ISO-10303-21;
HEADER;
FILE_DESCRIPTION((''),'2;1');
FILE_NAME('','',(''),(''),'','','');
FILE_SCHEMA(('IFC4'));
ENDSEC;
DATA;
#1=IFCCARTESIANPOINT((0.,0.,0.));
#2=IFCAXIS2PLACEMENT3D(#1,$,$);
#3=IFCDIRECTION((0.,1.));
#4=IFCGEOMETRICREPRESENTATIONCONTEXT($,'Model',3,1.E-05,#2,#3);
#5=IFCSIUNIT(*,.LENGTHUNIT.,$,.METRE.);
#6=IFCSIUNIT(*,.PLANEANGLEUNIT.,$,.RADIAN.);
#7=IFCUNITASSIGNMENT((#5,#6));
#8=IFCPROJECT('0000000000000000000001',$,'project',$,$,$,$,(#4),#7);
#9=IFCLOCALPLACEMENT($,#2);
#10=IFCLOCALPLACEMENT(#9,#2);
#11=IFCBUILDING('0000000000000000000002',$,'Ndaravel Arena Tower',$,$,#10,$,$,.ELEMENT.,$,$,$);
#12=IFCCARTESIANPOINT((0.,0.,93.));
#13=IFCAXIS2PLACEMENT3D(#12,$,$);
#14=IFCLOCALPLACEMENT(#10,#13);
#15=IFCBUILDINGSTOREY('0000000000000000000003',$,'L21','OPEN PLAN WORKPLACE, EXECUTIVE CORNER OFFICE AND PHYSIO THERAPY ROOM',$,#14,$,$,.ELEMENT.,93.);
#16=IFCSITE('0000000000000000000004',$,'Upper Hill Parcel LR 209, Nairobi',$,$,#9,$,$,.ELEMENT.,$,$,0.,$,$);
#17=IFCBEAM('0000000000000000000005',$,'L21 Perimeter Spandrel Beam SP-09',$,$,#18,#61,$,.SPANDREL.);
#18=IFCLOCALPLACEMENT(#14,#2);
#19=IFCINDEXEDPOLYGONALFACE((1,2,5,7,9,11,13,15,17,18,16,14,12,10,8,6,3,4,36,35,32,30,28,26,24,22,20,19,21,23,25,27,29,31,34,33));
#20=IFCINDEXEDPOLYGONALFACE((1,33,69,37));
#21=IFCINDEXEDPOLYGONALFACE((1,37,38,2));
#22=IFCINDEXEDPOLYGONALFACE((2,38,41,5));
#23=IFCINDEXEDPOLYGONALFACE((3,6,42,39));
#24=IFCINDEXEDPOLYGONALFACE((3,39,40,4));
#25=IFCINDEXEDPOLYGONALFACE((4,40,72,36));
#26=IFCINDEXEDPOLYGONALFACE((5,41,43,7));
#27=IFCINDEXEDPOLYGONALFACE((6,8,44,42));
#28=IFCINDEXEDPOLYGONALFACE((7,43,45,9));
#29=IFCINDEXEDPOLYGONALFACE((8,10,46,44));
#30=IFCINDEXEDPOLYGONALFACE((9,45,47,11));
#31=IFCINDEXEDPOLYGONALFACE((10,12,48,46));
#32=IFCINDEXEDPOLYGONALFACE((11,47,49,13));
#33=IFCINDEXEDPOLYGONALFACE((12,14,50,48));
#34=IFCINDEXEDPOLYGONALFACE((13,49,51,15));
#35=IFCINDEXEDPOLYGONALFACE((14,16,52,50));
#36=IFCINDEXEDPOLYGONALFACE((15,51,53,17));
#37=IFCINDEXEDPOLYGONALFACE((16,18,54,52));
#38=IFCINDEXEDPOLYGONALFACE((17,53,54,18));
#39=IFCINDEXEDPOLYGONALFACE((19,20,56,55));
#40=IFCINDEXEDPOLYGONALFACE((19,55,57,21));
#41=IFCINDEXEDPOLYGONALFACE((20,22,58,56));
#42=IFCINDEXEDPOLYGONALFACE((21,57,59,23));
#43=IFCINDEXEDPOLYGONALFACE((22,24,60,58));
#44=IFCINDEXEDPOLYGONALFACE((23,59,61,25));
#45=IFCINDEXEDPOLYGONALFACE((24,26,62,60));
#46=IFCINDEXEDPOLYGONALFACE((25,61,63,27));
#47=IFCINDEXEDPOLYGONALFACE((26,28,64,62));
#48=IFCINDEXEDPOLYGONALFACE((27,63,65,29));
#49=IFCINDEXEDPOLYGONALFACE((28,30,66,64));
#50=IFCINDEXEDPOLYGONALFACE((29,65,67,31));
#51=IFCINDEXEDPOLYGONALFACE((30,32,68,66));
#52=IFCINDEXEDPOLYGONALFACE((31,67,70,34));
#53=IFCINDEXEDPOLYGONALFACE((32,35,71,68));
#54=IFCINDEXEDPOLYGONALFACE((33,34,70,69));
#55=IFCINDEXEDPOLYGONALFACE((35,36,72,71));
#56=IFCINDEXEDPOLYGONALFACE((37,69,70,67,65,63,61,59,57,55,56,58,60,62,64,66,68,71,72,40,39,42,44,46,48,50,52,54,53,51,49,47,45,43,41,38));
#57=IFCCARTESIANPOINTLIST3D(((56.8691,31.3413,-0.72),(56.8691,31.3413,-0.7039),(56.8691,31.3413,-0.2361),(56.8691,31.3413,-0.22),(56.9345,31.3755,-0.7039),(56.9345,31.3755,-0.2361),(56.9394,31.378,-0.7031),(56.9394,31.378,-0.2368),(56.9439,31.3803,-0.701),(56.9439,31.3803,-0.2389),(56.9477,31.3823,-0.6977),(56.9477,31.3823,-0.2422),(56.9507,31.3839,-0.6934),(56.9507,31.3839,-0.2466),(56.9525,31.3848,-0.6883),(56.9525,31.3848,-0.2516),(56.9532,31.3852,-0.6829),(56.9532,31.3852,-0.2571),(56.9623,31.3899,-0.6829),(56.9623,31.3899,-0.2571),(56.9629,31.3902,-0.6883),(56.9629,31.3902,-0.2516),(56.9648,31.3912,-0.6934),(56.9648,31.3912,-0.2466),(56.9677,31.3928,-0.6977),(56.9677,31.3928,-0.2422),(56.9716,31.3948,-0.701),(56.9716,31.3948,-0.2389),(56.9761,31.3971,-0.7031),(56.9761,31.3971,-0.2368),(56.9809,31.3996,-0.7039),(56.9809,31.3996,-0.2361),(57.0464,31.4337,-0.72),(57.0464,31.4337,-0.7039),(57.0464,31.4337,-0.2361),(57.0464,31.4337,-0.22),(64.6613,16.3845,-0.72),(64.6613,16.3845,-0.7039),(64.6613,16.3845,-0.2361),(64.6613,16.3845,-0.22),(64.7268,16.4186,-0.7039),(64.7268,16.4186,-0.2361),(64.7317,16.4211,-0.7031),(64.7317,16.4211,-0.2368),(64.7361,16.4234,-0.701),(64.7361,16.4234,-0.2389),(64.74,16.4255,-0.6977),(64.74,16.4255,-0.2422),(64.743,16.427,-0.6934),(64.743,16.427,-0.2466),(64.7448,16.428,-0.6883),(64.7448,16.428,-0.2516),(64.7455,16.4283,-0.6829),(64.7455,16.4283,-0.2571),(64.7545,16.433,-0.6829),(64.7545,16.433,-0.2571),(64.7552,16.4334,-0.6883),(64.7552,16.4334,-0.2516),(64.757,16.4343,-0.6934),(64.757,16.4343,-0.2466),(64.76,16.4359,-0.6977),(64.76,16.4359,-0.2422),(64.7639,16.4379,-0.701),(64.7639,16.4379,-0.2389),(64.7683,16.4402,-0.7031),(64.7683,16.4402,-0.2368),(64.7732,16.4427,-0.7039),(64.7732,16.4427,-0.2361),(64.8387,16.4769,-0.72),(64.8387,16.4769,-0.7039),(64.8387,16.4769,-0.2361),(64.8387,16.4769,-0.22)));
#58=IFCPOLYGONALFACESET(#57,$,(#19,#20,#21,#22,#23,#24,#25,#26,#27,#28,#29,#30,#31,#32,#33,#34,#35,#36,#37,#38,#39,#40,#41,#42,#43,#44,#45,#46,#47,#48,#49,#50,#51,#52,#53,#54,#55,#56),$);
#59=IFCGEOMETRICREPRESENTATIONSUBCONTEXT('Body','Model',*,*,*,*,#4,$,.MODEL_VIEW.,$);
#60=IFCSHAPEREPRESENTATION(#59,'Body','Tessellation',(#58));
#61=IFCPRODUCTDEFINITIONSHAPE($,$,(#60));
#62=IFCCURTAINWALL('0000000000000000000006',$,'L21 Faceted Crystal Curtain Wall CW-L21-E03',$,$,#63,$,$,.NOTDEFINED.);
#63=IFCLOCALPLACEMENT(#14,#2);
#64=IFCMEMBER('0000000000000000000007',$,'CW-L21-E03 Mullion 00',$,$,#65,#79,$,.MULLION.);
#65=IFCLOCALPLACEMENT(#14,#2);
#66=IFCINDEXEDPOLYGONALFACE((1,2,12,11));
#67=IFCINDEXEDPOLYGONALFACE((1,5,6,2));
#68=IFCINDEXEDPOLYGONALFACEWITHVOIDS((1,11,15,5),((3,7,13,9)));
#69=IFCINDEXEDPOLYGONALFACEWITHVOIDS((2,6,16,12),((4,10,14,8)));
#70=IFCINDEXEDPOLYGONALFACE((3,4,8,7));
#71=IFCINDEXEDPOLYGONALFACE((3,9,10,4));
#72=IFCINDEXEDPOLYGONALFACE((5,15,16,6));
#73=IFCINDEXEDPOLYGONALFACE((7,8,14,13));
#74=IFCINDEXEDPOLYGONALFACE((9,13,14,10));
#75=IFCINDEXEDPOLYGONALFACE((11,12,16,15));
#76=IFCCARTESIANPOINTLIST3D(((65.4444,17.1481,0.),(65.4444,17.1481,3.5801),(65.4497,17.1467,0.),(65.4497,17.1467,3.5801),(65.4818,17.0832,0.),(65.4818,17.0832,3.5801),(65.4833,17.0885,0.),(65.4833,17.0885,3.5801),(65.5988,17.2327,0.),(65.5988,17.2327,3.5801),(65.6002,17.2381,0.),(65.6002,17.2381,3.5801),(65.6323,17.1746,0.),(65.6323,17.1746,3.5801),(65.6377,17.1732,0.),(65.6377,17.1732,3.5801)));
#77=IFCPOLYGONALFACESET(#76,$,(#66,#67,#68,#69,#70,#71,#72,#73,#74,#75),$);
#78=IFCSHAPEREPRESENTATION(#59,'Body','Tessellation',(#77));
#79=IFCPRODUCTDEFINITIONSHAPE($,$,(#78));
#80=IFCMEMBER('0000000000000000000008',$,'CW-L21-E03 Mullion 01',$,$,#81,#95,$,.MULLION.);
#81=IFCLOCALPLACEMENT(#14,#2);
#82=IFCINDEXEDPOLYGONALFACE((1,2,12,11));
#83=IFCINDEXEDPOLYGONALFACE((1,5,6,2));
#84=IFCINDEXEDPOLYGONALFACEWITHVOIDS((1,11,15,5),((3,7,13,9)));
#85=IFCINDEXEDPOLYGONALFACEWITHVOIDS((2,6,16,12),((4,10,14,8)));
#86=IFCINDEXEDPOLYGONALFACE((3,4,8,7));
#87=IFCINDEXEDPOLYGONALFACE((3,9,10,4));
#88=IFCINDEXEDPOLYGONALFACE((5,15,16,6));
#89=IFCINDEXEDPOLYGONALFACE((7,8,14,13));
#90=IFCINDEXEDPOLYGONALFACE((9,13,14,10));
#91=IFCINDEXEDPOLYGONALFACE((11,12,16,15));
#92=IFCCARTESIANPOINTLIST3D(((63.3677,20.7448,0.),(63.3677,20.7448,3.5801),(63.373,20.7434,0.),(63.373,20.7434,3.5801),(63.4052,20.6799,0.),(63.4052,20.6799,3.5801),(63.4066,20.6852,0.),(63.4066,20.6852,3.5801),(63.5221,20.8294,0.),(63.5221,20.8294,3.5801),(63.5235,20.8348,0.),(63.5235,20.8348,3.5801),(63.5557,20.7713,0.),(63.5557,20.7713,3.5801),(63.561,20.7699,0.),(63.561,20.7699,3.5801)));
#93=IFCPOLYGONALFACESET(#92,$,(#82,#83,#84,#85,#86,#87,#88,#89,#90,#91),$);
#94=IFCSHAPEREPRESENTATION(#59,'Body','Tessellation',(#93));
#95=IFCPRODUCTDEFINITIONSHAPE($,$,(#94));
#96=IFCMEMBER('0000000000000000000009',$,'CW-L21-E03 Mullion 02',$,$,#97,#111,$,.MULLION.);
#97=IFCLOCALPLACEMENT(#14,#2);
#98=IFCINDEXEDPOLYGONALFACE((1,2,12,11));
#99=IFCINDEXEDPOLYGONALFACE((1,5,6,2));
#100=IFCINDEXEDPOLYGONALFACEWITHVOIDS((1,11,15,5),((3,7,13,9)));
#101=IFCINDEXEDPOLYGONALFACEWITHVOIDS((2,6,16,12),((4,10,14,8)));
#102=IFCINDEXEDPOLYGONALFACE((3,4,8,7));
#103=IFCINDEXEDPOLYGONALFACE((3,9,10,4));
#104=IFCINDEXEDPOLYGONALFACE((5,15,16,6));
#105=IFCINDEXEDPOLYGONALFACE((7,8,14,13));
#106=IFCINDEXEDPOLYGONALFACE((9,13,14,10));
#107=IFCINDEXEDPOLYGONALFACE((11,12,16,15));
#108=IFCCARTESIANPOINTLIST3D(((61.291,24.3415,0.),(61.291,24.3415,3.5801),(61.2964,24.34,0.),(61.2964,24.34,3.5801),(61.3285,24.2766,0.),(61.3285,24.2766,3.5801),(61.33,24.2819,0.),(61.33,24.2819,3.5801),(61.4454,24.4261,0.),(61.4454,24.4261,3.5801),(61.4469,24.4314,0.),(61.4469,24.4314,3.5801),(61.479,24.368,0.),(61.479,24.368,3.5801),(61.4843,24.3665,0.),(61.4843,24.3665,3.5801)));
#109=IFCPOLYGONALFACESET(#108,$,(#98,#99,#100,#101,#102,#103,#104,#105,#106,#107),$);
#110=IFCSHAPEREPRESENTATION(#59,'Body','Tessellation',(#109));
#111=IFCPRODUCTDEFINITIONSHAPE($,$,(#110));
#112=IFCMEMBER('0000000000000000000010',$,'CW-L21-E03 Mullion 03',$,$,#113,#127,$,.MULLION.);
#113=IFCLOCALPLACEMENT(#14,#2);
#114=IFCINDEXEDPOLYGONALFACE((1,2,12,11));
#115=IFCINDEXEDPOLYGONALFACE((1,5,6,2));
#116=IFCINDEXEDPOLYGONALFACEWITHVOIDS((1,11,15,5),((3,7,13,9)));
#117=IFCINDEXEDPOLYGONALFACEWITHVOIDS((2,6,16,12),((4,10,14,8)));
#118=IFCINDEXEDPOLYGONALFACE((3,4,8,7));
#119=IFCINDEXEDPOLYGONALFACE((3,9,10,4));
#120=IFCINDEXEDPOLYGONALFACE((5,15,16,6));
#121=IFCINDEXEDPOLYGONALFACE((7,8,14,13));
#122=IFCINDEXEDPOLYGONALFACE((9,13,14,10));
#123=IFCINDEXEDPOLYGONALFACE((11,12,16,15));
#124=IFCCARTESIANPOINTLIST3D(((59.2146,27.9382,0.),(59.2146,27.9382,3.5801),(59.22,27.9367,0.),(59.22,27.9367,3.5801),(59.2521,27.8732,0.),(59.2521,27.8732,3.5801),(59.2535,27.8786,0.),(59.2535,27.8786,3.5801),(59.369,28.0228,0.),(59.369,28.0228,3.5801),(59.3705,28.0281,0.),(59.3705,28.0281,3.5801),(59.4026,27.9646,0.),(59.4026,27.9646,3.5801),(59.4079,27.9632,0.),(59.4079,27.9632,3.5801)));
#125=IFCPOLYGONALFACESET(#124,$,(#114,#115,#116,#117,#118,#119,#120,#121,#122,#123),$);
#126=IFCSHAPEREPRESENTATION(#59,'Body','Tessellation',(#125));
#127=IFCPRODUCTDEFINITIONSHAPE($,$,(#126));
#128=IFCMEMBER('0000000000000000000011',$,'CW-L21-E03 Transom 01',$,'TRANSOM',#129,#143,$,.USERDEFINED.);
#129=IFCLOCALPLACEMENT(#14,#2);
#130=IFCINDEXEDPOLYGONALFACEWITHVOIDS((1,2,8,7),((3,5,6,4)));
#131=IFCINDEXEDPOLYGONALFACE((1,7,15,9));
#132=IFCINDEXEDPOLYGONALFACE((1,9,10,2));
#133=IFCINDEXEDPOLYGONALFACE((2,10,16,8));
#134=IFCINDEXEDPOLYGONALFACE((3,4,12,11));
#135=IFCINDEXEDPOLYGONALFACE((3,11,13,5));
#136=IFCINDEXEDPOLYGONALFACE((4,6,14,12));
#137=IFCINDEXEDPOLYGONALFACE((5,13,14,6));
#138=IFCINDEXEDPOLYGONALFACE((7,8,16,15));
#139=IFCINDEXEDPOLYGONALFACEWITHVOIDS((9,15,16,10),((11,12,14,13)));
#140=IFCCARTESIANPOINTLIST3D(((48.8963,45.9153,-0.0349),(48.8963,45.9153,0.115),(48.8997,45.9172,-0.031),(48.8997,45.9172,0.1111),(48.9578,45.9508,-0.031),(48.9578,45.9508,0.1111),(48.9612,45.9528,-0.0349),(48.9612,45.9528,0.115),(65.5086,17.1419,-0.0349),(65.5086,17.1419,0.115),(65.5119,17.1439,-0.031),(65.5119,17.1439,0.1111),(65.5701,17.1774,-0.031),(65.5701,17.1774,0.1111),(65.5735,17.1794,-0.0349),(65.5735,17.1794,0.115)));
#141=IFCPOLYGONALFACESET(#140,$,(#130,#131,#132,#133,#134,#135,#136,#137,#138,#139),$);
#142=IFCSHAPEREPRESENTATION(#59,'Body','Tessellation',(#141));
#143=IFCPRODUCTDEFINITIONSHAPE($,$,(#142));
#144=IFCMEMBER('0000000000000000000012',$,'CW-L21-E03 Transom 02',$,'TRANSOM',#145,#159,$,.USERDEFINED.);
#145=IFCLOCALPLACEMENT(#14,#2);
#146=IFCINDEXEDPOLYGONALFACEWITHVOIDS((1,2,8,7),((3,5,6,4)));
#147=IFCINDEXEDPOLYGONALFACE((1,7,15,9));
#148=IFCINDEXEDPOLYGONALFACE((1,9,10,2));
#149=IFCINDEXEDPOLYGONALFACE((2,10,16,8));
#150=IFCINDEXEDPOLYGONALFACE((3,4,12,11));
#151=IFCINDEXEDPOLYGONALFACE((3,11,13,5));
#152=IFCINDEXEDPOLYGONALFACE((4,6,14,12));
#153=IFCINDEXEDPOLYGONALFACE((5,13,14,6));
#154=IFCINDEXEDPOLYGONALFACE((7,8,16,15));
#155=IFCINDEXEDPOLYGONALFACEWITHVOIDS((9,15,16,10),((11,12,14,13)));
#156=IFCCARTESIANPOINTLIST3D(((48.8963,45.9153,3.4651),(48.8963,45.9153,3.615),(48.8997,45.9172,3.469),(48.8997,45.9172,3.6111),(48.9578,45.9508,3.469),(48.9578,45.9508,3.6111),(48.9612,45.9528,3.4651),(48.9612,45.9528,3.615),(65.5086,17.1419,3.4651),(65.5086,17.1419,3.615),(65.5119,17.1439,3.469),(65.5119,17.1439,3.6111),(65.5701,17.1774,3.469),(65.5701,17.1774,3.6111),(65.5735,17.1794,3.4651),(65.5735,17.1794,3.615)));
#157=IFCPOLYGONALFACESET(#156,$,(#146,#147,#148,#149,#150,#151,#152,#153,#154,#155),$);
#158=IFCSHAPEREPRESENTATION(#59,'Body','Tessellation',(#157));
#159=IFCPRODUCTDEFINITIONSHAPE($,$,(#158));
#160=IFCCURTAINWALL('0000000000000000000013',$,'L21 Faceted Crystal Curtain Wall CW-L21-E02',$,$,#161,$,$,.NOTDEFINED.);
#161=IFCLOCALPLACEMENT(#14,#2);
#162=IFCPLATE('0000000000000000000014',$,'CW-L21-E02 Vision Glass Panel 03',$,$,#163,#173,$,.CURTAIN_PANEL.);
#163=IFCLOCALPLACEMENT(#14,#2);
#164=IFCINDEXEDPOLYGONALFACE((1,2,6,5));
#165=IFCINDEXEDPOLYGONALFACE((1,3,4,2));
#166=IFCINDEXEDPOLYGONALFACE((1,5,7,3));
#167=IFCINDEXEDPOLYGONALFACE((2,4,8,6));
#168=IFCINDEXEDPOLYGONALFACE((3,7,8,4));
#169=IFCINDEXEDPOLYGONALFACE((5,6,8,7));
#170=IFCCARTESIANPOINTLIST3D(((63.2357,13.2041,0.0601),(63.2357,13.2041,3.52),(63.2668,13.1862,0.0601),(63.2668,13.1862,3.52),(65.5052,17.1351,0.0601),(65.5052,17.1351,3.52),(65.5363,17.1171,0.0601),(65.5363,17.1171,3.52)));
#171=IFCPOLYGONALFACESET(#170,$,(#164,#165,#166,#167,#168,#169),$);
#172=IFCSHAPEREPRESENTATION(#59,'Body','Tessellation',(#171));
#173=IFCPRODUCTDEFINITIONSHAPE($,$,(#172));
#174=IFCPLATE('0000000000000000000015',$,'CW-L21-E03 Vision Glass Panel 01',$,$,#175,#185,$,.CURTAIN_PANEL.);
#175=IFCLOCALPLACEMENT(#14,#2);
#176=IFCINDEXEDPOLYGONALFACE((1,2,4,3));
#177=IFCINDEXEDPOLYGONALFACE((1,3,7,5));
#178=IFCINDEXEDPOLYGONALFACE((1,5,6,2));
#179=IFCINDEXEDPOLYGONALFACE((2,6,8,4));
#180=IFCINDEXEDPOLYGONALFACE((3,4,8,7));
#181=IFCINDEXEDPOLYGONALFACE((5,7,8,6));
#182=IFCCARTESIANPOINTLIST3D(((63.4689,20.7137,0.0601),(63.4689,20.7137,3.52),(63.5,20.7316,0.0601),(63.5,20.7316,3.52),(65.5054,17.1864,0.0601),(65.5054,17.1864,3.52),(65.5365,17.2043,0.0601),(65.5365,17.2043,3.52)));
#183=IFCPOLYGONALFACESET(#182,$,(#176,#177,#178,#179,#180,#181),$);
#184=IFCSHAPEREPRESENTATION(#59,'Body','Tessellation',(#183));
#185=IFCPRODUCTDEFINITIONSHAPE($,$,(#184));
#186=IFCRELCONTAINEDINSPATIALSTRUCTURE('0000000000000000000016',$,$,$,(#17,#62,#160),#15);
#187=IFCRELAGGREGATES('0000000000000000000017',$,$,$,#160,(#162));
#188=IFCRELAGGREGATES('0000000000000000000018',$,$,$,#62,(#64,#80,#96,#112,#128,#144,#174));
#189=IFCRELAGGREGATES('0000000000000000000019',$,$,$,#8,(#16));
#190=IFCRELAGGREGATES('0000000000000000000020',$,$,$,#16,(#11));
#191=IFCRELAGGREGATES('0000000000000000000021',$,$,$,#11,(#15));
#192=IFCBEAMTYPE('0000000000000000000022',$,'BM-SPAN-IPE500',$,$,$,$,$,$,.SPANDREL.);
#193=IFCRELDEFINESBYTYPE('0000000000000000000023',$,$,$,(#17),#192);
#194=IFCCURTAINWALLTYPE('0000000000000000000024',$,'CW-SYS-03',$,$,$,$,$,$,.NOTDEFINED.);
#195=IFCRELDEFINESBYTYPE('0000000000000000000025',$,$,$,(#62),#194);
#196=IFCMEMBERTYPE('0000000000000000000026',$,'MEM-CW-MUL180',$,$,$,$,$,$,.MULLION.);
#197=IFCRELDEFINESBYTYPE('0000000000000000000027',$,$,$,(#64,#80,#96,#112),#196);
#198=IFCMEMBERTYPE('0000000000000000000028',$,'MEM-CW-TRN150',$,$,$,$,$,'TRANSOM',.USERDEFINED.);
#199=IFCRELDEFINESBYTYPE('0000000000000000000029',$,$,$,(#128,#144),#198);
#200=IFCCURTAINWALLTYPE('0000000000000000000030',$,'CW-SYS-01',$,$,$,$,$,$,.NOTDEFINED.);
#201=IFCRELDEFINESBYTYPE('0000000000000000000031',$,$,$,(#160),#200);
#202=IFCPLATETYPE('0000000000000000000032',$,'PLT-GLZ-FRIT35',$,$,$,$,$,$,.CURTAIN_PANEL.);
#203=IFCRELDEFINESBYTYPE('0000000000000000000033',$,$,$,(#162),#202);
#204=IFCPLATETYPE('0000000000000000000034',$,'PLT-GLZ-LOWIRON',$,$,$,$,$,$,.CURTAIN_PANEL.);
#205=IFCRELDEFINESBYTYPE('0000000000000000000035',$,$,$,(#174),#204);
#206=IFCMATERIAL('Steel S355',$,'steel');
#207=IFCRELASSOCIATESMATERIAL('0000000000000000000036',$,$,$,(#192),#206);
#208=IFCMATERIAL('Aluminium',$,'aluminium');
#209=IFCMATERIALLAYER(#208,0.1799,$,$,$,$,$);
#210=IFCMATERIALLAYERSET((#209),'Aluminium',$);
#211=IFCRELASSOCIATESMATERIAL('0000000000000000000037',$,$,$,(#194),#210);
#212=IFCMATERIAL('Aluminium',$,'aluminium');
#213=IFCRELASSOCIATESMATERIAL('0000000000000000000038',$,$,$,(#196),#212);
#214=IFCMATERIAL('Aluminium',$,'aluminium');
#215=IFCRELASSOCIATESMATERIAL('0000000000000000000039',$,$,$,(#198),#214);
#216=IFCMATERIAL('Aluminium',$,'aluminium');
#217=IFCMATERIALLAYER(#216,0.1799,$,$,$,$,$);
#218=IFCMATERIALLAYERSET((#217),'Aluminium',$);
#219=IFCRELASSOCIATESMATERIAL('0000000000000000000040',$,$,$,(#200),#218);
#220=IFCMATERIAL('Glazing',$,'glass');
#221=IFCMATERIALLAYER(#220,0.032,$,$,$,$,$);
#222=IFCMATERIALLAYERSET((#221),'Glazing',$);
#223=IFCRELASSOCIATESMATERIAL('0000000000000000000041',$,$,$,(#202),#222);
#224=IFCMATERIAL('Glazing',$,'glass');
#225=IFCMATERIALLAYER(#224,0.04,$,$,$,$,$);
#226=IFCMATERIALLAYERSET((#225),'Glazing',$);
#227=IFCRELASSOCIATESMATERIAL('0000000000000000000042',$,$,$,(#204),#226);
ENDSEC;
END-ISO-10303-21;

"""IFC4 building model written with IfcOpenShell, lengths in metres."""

from ifc_helpers import new_model, si_unit, direction, frame, origin, origin_2d, place, context, subcontext, project, spatial, rectangle, hollow_rectangle, i_section, extrude, material, layer, layer_set, material_profile, profile_set, type_object, element, aggregate, save


model = new_model("IFC4")

# Units and contexts
model_context = context("Model", 3, precision=1e-05, world=origin(), true_north=direction((0.0, 1.0)))
body_context = subcontext(model_context, "Body", "Model", "MODEL_VIEW")
ifc_project = project(units=[si_unit("LENGTHUNIT", "METRE"), si_unit("PLANEANGLEUNIT", "RADIAN")], contexts=[model_context])

# Site, building, storey
site_placement = place(None, origin())
site = spatial("IfcSite", under=ifc_project, at=site_placement, Name="Upper Hill Parcel LR 209, Nairobi", CompositionType="ELEMENT", RefElevation=0.0)
building_placement = place(site_placement, origin())
building = spatial("IfcBuilding", under=site, at=building_placement, Name="Ndaravel Arena Tower", CompositionType="ELEMENT")
storey_placement = place(building_placement, frame((0.0, 0.0, 93.0)))
storey = spatial("IfcBuildingStorey", under=building, at=storey_placement, Name="L21", Description="OPEN PLAN WORKPLACE, EXECUTIVE CORNER OFFICE AND PHYSIO THERAPY ROOM", CompositionType="ELEMENT", Elevation=93.0)

# Beam
ifc_material_1 = material(Name="Steel S355", Category="steel")
ifc_material_profile_1 = material_profile(ifc_material_1, i_section(OverallWidth=0.2, OverallDepth=0.5, WebThickness=0.0103, FlangeThickness=0.0161, FilletRadius=0.021, at=origin_2d()), Name="IPE 500")
ifc_profile_set_1 = profile_set([ifc_material_profile_1], Name="Steel S355")
beam_type_1 = type_object("IfcBeamType", Name="BM-SPAN-IPE500", PredefinedType="SPANDREL", material=ifc_profile_set_1)
beam_1_placement = place(storey_placement, frame((64.75, 16.4307, -0.47), z_axis=(-0.462039, 0.88686, 0.0), x_axis=(-0.88686, -0.462039, 0.0)))
element("IfcBeam", 1, at=beam_1_placement, inside=storey, type_object=beam_type_1, Name="L21 Perimeter Spandrel Beam SP-09", PredefinedType="SPANDREL", context=body_context, shape_type="SweptSolid", body=[
    extrude(i_section(OverallWidth=0.2, OverallDepth=0.5, WebThickness=0.0103, FlangeThickness=0.0161, FilletRadius=0.021, at=origin_2d()), origin(), (0.0, 0.0, 1.0), 16.865),
])

# Curtain wall, members
ifc_material_2 = material(Name="Aluminium", Category="aluminium")
ifc_layer_1 = layer(ifc_material_2, 0.1799)
ifc_layer_set_1 = layer_set([ifc_layer_1], Name="Aluminium")
curtain_wall_type_1 = type_object("IfcCurtainWallType", Name="CW-SYS-03", PredefinedType="NOTDEFINED", material=ifc_layer_set_1)
curtain_wall_1_placement = place(storey_placement, origin())
curtain_wall_1 = element("IfcCurtainWall", 2, at=curtain_wall_1_placement, inside=storey, type_object=curtain_wall_type_1, Name="L21 Faceted Crystal Curtain Wall CW-L21-E03", PredefinedType="NOTDEFINED")
ifc_material_3 = material(Name="Aluminium", Category="aluminium")
ifc_material_profile_2 = material_profile(ifc_material_3, hollow_rectangle(XDim=0.075, YDim=0.1799, WallThickness=0.0039, at=origin_2d()), Name="CW MULLION 75x180x4")
ifc_profile_set_2 = profile_set([ifc_material_profile_2], Name="Aluminium")
member_type_1 = type_object("IfcMemberType", Name="MEM-CW-MUL180", PredefinedType="MULLION", material=ifc_profile_set_2)
member_1_placement = place(storey_placement, frame((65.541, 17.1606, 0.0), z_axis=(0.0, 0.0, 1.0), x_axis=(-0.5, 0.866025, 0.0)))
member_1 = element("IfcMember", 3, at=member_1_placement, type_object=member_type_1, Name="CW-L21-E03 Mullion 00", PredefinedType="MULLION", context=body_context, shape_type="SweptSolid", body=[
    extrude(hollow_rectangle(XDim=0.075, YDim=0.1799, WallThickness=0.0039, at=origin_2d()), origin(), (0.0, 0.0, 1.0), 3.5801),
])
member_2_placement = place(storey_placement, frame((63.4644, 20.7573, 0.0), z_axis=(0.0, 0.0, 1.0), x_axis=(-0.5, 0.866025, 0.0)))
member_2 = element("IfcMember", 4, at=member_2_placement, type_object=member_type_1, Name="CW-L21-E03 Mullion 01", PredefinedType="MULLION", context=body_context, shape_type="SweptSolid", body=[
    extrude(hollow_rectangle(XDim=0.075, YDim=0.1799, WallThickness=0.0039, at=origin_2d()), origin(), (0.0, 0.0, 1.0), 3.5801),
])
member_3_placement = place(storey_placement, frame((61.3877, 24.354, 0.0), z_axis=(0.0, 0.0, 1.0), x_axis=(-0.5, 0.866025, 0.0)))
member_3 = element("IfcMember", 5, at=member_3_placement, type_object=member_type_1, Name="CW-L21-E03 Mullion 02", PredefinedType="MULLION", context=body_context, shape_type="SweptSolid", body=[
    extrude(hollow_rectangle(XDim=0.075, YDim=0.1799, WallThickness=0.0039, at=origin_2d()), origin(), (0.0, 0.0, 1.0), 3.5801),
])
member_4_placement = place(storey_placement, frame((59.3113, 27.9507, 0.0), z_axis=(0.0, 0.0, 1.0), x_axis=(-0.5, 0.866025, 0.0)))
member_4 = element("IfcMember", 6, at=member_4_placement, type_object=member_type_1, Name="CW-L21-E03 Mullion 03", PredefinedType="MULLION", context=body_context, shape_type="SweptSolid", body=[
    extrude(hollow_rectangle(XDim=0.075, YDim=0.1799, WallThickness=0.0039, at=origin_2d()), origin(), (0.0, 0.0, 1.0), 3.5801),
])
ifc_material_4 = material(Name="Aluminium", Category="aluminium")
ifc_material_profile_3 = material_profile(ifc_material_4, hollow_rectangle(XDim=0.075, YDim=0.1499, WallThickness=0.0039, at=origin_2d()), Name="CW TRANSOM 75x150x4")
ifc_profile_set_3 = profile_set([ifc_material_profile_3], Name="Aluminium")
member_type_2 = type_object("IfcMemberType", Name="MEM-CW-TRN150", ElementType="TRANSOM", PredefinedType="USERDEFINED", material=ifc_profile_set_3)
member_5_placement = place(storey_placement, frame((65.541, 17.1606, 0.04), z_axis=(-0.499999, 0.866026, 0.0), x_axis=(-0.866026, -0.499999, 0.0)))
member_5 = element("IfcMember", 7, at=member_5_placement, type_object=member_type_2, Name="CW-L21-E03 Transom 01", ObjectType="TRANSOM", PredefinedType="USERDEFINED", context=body_context, shape_type="SweptSolid", body=[
    extrude(hollow_rectangle(XDim=0.075, YDim=0.1499, WallThickness=0.0039, at=origin_2d()), origin(), (0.0, 0.0, 1.0), 33.2246),
])
member_6_placement = place(storey_placement, frame((65.541, 17.1606, 3.54), z_axis=(-0.499999, 0.866026, 0.0), x_axis=(-0.866026, -0.499999, 0.0)))
member_6 = element("IfcMember", 8, at=member_6_placement, type_object=member_type_2, Name="CW-L21-E03 Transom 02", ObjectType="TRANSOM", PredefinedType="USERDEFINED", context=body_context, shape_type="SweptSolid", body=[
    extrude(hollow_rectangle(XDim=0.075, YDim=0.1499, WallThickness=0.0039, at=origin_2d()), origin(), (0.0, 0.0, 1.0), 33.2246),
])

# Curtain wall, plate
ifc_material_5 = material(Name="Aluminium", Category="aluminium")
ifc_layer_2 = layer(ifc_material_5, 0.1799)
ifc_layer_set_2 = layer_set([ifc_layer_2], Name="Aluminium")
curtain_wall_type_2 = type_object("IfcCurtainWallType", Name="CW-SYS-01", PredefinedType="NOTDEFINED", material=ifc_layer_set_2)
curtain_wall_2_placement = place(storey_placement, origin())
curtain_wall_2 = element("IfcCurtainWall", 9, at=curtain_wall_2_placement, inside=storey, type_object=curtain_wall_type_2, Name="L21 Faceted Crystal Curtain Wall CW-L21-E02", PredefinedType="NOTDEFINED")
ifc_material_6 = material(Name="Glazing", Category="glass")
ifc_layer_3 = layer(ifc_material_6, 0.032)
ifc_layer_set_3 = layer_set([ifc_layer_3], Name="Glazing")
plate_type_1 = type_object("IfcPlateType", Name="PLT-GLZ-FRIT35", PredefinedType="CURTAIN_PANEL", material=ifc_layer_set_3)
plate_1_placement = place(storey_placement, frame((64.386, 15.1606, 0.0601), z_axis=(0.0, 0.0, 1.0), x_axis=(0.5, 0.866025, 0.0)))
plate_1 = element("IfcPlate", 10, at=plate_1_placement, type_object=plate_type_1, Name="CW-L21-E02 Vision Glass Panel 03", PredefinedType="CURTAIN_PANEL", context=body_context, shape_type="SweptSolid", body=[
    extrude(rectangle(XDim=4.5391, YDim=0.0359, at=origin_2d()), origin(), (0.0, 0.0, 1.0), 3.46),
])
aggregate(curtain_wall_2, [plate_1])

# Plate
ifc_material_7 = material(Name="Glazing", Category="glass")
ifc_layer_4 = layer(ifc_material_7, 0.04)
ifc_layer_set_4 = layer_set([ifc_layer_4], Name="Glazing")
plate_type_2 = type_object("IfcPlateType", Name="PLT-GLZ-LOWIRON", PredefinedType="CURTAIN_PANEL", material=ifc_layer_set_4)
plate_2_placement = place(storey_placement, frame((64.5027, 18.959, 0.0601), z_axis=(0.0, 0.0, 1.0), x_axis=(-0.5, 0.866025, 0.0)))
plate_2 = element("IfcPlate", 11, at=plate_2_placement, type_object=plate_type_2, Name="CW-L21-E03 Vision Glass Panel 01", PredefinedType="CURTAIN_PANEL", context=body_context, shape_type="SweptSolid", body=[
    extrude(rectangle(XDim=4.073, YDim=0.0359, at=origin_2d()), origin(), (0.0, 0.0, 1.0), 3.46),
])
aggregate(curtain_wall_1, [member_1, member_2, member_3, member_4, member_5, member_6, plate_2])

save(model, "model.ifc")
